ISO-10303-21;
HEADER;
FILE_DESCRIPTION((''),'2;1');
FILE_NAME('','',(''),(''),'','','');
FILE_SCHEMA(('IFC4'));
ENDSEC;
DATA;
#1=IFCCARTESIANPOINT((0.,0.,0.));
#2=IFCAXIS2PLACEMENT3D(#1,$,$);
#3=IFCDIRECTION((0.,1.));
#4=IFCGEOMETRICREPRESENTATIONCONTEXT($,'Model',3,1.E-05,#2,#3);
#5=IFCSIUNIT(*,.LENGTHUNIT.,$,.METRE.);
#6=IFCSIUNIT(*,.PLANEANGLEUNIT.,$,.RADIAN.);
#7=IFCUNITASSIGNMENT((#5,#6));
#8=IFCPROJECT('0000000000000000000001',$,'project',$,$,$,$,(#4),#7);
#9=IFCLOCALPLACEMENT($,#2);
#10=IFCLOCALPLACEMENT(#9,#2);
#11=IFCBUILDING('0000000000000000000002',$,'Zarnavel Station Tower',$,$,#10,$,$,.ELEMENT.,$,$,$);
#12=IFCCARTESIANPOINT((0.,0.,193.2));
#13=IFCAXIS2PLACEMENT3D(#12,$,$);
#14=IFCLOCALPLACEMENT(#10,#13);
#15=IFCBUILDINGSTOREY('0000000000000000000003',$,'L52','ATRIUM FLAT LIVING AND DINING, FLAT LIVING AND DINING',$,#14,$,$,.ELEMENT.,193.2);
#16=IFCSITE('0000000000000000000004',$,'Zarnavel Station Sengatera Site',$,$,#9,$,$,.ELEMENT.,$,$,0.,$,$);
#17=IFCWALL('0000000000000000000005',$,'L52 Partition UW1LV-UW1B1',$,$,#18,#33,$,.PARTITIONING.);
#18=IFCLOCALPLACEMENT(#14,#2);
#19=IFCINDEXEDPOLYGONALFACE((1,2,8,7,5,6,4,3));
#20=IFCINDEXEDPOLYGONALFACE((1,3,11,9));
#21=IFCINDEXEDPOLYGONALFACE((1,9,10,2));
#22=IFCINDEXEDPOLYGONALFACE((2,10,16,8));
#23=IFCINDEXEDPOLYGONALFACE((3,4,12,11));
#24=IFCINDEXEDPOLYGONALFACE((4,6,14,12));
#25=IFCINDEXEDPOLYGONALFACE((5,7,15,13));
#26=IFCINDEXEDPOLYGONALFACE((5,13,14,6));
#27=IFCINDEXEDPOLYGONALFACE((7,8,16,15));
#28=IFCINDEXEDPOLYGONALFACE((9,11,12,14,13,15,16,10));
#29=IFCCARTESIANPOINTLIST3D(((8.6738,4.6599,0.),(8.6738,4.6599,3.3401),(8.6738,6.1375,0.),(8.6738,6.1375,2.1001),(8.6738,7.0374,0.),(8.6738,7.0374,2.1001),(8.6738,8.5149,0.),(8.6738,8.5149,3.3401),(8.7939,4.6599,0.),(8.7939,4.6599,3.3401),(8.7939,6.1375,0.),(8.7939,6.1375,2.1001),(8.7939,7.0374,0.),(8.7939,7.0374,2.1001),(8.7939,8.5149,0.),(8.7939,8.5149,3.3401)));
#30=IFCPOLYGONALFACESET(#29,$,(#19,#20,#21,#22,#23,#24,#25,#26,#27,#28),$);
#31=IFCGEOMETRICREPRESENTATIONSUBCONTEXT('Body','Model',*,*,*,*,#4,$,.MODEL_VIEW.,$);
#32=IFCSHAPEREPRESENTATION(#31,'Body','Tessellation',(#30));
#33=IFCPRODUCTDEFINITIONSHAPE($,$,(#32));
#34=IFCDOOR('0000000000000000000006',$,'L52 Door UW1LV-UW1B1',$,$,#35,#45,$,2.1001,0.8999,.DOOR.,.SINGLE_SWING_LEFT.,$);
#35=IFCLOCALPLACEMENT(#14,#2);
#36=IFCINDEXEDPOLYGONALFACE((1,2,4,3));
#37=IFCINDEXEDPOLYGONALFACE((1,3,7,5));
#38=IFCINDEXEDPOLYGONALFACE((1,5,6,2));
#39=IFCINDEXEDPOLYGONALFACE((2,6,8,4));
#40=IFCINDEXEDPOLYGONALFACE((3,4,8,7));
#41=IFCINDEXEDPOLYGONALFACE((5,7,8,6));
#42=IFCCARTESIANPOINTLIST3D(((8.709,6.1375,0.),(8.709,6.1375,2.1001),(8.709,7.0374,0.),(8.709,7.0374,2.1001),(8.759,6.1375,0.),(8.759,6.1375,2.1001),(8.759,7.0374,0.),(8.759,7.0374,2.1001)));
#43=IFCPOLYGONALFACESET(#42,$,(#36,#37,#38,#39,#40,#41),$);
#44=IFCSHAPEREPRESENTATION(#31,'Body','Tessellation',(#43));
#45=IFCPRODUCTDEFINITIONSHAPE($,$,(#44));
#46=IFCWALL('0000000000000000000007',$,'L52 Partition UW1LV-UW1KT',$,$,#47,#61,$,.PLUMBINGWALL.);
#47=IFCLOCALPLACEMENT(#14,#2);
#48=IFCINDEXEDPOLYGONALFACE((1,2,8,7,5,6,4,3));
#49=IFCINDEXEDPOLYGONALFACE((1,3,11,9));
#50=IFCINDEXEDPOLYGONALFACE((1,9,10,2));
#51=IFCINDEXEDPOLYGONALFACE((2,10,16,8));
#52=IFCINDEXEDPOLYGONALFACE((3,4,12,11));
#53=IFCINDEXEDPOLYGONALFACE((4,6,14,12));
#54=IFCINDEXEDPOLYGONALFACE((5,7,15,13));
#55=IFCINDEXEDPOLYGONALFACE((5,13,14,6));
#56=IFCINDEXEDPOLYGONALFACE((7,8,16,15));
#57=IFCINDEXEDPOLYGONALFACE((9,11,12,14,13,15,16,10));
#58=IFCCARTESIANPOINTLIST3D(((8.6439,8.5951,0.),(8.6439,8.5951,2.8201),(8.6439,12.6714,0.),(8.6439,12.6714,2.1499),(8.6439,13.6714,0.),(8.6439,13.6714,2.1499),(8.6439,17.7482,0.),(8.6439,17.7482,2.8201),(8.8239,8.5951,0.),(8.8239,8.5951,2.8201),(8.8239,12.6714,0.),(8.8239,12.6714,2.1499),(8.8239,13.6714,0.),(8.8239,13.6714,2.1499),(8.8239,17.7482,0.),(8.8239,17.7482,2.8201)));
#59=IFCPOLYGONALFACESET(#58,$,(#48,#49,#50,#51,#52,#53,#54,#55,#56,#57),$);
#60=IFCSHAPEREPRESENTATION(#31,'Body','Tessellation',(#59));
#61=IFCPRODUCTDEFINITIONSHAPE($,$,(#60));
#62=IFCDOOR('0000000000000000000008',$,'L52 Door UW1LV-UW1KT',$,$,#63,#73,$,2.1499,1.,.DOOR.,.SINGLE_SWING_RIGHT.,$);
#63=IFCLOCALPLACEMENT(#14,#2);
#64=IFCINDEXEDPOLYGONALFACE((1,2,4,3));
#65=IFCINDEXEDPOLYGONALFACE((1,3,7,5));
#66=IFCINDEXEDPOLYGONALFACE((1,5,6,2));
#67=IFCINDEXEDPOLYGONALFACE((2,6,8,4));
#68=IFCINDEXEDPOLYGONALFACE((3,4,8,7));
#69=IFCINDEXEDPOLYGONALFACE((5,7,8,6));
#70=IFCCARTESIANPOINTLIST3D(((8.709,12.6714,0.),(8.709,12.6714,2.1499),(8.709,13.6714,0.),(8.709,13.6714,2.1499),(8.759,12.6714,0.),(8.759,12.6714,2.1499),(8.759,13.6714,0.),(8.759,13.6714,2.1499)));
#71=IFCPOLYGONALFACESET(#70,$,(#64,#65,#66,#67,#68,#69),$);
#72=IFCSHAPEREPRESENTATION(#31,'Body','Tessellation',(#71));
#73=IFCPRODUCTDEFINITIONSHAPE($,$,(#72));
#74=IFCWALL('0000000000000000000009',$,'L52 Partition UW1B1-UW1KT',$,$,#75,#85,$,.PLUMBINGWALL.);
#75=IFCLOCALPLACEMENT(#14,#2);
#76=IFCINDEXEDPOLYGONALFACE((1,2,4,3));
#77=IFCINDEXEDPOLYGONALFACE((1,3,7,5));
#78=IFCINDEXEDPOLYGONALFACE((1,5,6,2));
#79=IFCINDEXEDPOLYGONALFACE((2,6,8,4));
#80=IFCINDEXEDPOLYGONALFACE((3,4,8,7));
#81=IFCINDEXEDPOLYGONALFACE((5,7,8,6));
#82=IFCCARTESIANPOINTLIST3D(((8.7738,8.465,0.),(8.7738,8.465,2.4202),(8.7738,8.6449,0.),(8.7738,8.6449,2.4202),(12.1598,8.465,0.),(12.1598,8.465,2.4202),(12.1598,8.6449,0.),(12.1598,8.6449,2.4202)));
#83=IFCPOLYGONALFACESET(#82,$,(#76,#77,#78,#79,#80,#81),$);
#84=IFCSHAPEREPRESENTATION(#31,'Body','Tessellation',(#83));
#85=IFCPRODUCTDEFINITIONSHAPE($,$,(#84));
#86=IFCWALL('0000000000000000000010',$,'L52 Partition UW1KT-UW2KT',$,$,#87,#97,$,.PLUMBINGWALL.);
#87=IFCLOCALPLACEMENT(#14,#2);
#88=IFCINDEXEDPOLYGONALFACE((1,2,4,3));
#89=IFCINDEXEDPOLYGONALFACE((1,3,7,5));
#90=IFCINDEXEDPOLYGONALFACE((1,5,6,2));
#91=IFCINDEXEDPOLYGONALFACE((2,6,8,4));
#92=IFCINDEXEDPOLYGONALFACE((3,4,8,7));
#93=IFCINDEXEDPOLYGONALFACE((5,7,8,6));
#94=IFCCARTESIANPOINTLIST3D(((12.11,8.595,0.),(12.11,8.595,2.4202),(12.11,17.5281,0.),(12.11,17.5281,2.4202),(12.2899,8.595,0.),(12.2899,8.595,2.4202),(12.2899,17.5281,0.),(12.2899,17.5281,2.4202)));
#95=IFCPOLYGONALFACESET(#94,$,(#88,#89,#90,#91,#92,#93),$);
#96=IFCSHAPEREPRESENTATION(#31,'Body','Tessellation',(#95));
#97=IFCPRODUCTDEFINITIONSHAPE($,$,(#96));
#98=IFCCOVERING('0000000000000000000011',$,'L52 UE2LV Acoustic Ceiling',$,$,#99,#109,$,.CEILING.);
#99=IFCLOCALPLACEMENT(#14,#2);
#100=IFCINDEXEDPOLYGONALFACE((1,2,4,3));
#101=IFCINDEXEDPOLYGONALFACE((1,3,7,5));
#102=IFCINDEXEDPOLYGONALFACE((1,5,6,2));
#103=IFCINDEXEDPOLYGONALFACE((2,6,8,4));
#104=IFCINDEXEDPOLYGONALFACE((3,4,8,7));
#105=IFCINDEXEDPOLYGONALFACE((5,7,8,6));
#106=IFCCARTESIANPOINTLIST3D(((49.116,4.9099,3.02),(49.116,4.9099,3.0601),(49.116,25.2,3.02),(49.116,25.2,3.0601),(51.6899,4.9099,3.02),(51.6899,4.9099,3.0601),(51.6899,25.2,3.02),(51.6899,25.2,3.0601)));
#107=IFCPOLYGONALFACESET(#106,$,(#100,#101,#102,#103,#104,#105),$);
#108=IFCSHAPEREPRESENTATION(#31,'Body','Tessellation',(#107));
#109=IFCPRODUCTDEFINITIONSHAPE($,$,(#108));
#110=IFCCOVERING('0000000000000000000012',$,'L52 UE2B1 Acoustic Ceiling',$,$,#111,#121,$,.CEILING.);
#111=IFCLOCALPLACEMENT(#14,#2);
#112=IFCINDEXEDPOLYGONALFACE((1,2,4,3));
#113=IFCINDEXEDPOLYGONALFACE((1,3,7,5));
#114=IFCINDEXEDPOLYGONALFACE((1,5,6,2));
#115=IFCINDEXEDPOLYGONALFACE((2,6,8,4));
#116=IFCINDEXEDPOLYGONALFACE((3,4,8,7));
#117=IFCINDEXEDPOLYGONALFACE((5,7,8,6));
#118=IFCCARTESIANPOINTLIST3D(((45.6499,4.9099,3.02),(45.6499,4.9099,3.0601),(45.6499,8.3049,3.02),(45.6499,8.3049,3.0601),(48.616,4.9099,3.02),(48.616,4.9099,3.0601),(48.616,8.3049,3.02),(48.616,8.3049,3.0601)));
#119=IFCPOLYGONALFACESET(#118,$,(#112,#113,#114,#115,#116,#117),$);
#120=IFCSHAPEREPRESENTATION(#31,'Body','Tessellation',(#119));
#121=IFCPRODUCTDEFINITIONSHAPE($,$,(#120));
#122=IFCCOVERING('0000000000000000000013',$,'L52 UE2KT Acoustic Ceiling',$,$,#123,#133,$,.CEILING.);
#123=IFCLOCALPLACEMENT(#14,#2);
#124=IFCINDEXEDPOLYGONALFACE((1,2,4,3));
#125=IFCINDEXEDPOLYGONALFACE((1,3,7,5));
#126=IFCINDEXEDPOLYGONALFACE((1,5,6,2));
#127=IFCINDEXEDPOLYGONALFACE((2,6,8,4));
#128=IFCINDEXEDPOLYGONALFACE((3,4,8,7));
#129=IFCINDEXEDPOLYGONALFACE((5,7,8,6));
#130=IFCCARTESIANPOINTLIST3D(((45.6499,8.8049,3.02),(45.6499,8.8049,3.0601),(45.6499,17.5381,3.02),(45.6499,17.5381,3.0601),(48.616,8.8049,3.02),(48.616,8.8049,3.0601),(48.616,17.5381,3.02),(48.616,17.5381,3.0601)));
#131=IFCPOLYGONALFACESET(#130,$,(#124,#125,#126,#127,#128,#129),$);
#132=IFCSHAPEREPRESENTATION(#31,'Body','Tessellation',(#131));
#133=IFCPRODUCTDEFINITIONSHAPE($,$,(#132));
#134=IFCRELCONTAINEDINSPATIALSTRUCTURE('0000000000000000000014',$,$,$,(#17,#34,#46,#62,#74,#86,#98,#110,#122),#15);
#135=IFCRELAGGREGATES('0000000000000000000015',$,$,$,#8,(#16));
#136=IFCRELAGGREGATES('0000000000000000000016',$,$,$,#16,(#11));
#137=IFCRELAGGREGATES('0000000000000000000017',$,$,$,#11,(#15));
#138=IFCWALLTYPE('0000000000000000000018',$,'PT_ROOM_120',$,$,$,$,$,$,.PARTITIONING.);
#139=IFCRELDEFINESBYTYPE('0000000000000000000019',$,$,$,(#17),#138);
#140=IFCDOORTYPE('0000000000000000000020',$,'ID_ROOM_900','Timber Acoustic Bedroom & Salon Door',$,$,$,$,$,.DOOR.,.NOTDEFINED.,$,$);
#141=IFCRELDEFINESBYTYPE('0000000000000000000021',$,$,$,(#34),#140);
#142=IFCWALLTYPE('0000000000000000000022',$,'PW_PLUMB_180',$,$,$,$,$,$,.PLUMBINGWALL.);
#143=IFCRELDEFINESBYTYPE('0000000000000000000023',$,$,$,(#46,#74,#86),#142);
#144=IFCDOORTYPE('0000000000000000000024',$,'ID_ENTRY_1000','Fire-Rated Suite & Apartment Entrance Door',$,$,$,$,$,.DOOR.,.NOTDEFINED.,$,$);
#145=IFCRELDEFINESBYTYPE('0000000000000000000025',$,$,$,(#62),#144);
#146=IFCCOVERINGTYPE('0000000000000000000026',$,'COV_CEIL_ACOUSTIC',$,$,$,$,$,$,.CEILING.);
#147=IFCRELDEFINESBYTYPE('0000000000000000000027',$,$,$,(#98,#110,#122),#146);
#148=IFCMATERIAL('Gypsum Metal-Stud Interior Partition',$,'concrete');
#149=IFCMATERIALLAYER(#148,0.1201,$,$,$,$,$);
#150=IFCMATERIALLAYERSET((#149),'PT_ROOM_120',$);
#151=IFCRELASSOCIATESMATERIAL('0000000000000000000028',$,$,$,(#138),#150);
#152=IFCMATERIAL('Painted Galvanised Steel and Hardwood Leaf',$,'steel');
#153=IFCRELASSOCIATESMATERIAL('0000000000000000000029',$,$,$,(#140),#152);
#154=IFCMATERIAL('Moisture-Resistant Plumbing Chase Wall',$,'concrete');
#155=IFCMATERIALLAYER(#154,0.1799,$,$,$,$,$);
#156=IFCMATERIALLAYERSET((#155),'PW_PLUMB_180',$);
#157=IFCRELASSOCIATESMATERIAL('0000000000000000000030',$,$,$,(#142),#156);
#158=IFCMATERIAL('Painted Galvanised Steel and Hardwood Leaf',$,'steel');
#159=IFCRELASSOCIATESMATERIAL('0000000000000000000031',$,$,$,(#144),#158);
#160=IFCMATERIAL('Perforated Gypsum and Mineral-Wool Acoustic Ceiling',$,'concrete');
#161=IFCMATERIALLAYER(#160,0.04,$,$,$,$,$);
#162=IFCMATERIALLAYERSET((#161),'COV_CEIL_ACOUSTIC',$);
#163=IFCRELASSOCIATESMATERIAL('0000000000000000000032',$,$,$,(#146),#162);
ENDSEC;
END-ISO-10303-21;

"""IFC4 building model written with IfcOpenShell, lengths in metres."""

from ifc_helpers import new_model, si_unit, direction, frame, frame_2d, origin, place, context, subcontext, project, spatial, polyline, rectangle, outline, extrude, material, layer, layer_set, type_object, element, fill, save


model = new_model("IFC4")

# Units and contexts
model_context = context("Model", 3, precision=1e-05, world=origin(), true_north=direction((0.0, 1.0)))
body_context = subcontext(model_context, "Body", "Model", "MODEL_VIEW")
ifc_project = project(units=[si_unit("LENGTHUNIT", "METRE"), si_unit("PLANEANGLEUNIT", "RADIAN")], contexts=[model_context])

# Site, building, storey
site_placement = place(None, origin())
site = spatial("IfcSite", under=ifc_project, at=site_placement, Name="Zarnavel Station Sengatera Site", CompositionType="ELEMENT", RefElevation=0.0)
building_placement = place(site_placement, origin())
building = spatial("IfcBuilding", under=site, at=building_placement, Name="Zarnavel Station Tower", CompositionType="ELEMENT")
storey_placement = place(building_placement, frame((0.0, 0.0, 193.2)))
storey = spatial("IfcBuildingStorey", under=building, at=storey_placement, Name="L52", Description="ATRIUM FLAT LIVING AND DINING, FLAT LIVING AND DINING", CompositionType="ELEMENT", Elevation=193.2)

# Walls, openings, doors
ifc_material_1 = material(Name="Gypsum Metal-Stud Interior Partition", Category="concrete")
ifc_layer_1 = layer(ifc_material_1, 0.1201)
ifc_layer_set_1 = layer_set([ifc_layer_1], Name="PT_ROOM_120")
wall_type_1 = type_object("IfcWallType", Name="PT_ROOM_120", PredefinedType="PARTITIONING", material=ifc_layer_set_1)
wall_1_placement = place(storey_placement, frame((8.7339, 4.6599, 0.0), z_axis=(0.0, 0.0, 1.0), x_axis=(0.0, 1.0, 0.0)))
wall_1 = element("IfcWall", 1, at=wall_1_placement, inside=storey, type_object=wall_type_1, Name="L52 Partition UW1LV-UW1B1", PredefinedType="PARTITIONING", context=body_context, shape_type="SweptSolid", body=[
    extrude(rectangle(XDim=3.855, YDim=0.1201, at=frame_2d((1.9275, 0.0))), origin(), (0.0, 0.0, 1.0), 3.3401),
])
opening_1_placement = place(wall_1_placement, frame((1.4775, 0.0, 0.0)))
opening_1 = element("IfcOpeningElement", 2, at=opening_1_placement, cuts=wall_1, PredefinedType="OPENING", context=body_context, shape_type="SweptSolid", body=[
    extrude(rectangle(XDim=0.8999, YDim=2.1001, at=frame_2d((0.45, 1.05))), frame((0.0, 0.0701, 0.0), z_axis=(0.0, -1.0, 0.0), x_axis=(1.0, 0.0, 0.0)), (0.0, 0.0, 1.0), 0.1401),
])
ifc_material_2 = material(Name="Painted Galvanised Steel and Hardwood Leaf", Category="steel")
door_type_1 = type_object("IfcDoorType", Name="ID_ROOM_900", Description="Timber Acoustic Bedroom & Salon Door", OperationType="NOTDEFINED", PredefinedType="DOOR", material=ifc_material_2)
door_1_placement = place(opening_1_placement, origin())
door_1 = element("IfcDoor", 3, at=door_1_placement, inside=storey, type_object=door_type_1, Name="L52 Door UW1LV-UW1B1", OperationType="SINGLE_SWING_LEFT", OverallHeight=2.1001, OverallWidth=0.8999, PredefinedType="DOOR", context=body_context, shape_type="SweptSolid", body=[
    extrude(rectangle(XDim=0.8999, YDim=2.1001, at=frame_2d((0.45, 1.05))), frame((0.0, 0.0249, 0.0), z_axis=(0.0, -1.0, 0.0), x_axis=(1.0, 0.0, 0.0)), (0.0, 0.0, 1.0), 0.05),
])
fill(opening_1, door_1)
ifc_material_3 = material(Name="Moisture-Resistant Plumbing Chase Wall", Category="concrete")
ifc_layer_2 = layer(ifc_material_3, 0.1799)
ifc_layer_set_2 = layer_set([ifc_layer_2], Name="PW_PLUMB_180")
wall_type_2 = type_object("IfcWallType", Name="PW_PLUMB_180", PredefinedType="PLUMBINGWALL", material=ifc_layer_set_2)
wall_2_placement = place(storey_placement, frame((8.7339, 8.595, 0.0), z_axis=(0.0, 0.0, 1.0), x_axis=(0.0, 1.0, 0.0)))
wall_2 = element("IfcWall", 4, at=wall_2_placement, inside=storey, type_object=wall_type_2, Name="L52 Partition UW1LV-UW1KT", PredefinedType="PLUMBINGWALL", context=body_context, shape_type="SweptSolid", body=[
    extrude(rectangle(XDim=9.1531, YDim=0.1799, at=frame_2d((4.5767, 0.0))), origin(), (0.0, 0.0, 1.0), 2.8201),
])
opening_2_placement = place(wall_2_placement, frame((4.0764, 0.0, 0.0)))
opening_2 = element("IfcOpeningElement", 5, at=opening_2_placement, cuts=wall_2, PredefinedType="OPENING", context=body_context, shape_type="SweptSolid", body=[
    extrude(rectangle(XDim=1.0, YDim=2.1499, at=frame_2d((0.5, 1.075))), frame((0.0, 0.0999, 0.0), z_axis=(0.0, -1.0, 0.0), x_axis=(1.0, 0.0, 0.0)), (0.0, 0.0, 1.0), 0.2),
])
ifc_material_4 = material(Name="Painted Galvanised Steel and Hardwood Leaf", Category="steel")
door_type_2 = type_object("IfcDoorType", Name="ID_ENTRY_1000", Description="Fire-Rated Suite & Apartment Entrance Door", OperationType="NOTDEFINED", PredefinedType="DOOR", material=ifc_material_4)
door_2_placement = place(opening_2_placement, origin())
door_2 = element("IfcDoor", 6, at=door_2_placement, inside=storey, type_object=door_type_2, Name="L52 Door UW1LV-UW1KT", OperationType="SINGLE_SWING_RIGHT", OverallHeight=2.1499, OverallWidth=1.0, PredefinedType="DOOR", context=body_context, shape_type="SweptSolid", body=[
    extrude(rectangle(XDim=1.0, YDim=2.1499, at=frame_2d((0.5, 1.075))), frame((0.0, 0.0249, 0.0), z_axis=(0.0, -1.0, 0.0), x_axis=(1.0, 0.0, 0.0)), (0.0, 0.0, 1.0), 0.05),
])
fill(opening_2, door_2)

# Walls
wall_3_placement = place(storey_placement, frame((8.7739, 8.5549, 0.0), z_axis=(0.0, 0.0, 1.0), x_axis=(1.0, 0.0, 0.0)))
element("IfcWall", 7, at=wall_3_placement, inside=storey, type_object=wall_type_2, Name="L52 Partition UW1B1-UW1KT", PredefinedType="PLUMBINGWALL", context=body_context, shape_type="SweptSolid", body=[
    extrude(rectangle(XDim=3.386, YDim=0.1799, at=frame_2d((1.6929, 0.0))), origin(), (0.0, 0.0, 1.0), 2.4202),
])
wall_4_placement = place(storey_placement, frame((12.2, 8.595, 0.0), z_axis=(0.0, 0.0, 1.0), x_axis=(0.0, 1.0, 0.0)))
element("IfcWall", 8, at=wall_4_placement, inside=storey, type_object=wall_type_2, Name="L52 Partition UW1KT-UW2KT", PredefinedType="PLUMBINGWALL", context=body_context, shape_type="SweptSolid", body=[
    extrude(rectangle(XDim=8.9331, YDim=0.1799, at=frame_2d((4.4666, 0.0))), origin(), (0.0, 0.0, 1.0), 2.4202),
])

# Coverings
ifc_material_5 = material(Name="Perforated Gypsum and Mineral-Wool Acoustic Ceiling", Category="concrete")
ifc_layer_3 = layer(ifc_material_5, 0.04)
ifc_layer_set_3 = layer_set([ifc_layer_3], Name="COV_CEIL_ACOUSTIC")
covering_type = type_object("IfcCoveringType", Name="COV_CEIL_ACOUSTIC", PredefinedType="CEILING", material=ifc_layer_set_3)
covering_1_placement = place(storey_placement, frame((0.0, 0.0, 3.02)))
element("IfcCovering", 9, at=covering_1_placement, inside=storey, type_object=covering_type, Name="L52 UE2LV Acoustic Ceiling", PredefinedType="CEILING", context=body_context, shape_type="SweptSolid", body=[
    extrude(outline(polyline([(49.116, 4.9099), (51.6899, 4.9099), (51.6899, 25.2), (49.116, 25.2), (49.116, 4.9099)])), origin(), (0.0, 0.0, 1.0), 0.04),
])
covering_2_placement = place(storey_placement, frame((0.0, 0.0, 3.02)))
element("IfcCovering", 10, at=covering_2_placement, inside=storey, type_object=covering_type, Name="L52 UE2B1 Acoustic Ceiling", PredefinedType="CEILING", context=body_context, shape_type="SweptSolid", body=[
    extrude(outline(polyline([(45.6499, 4.9099), (48.616, 4.9099), (48.616, 8.3049), (45.6499, 8.3049), (45.6499, 4.9099)])), origin(), (0.0, 0.0, 1.0), 0.04),
])
covering_3_placement = place(storey_placement, frame((0.0, 0.0, 3.02)))
element("IfcCovering", 11, at=covering_3_placement, inside=storey, type_object=covering_type, Name="L52 UE2KT Acoustic Ceiling", PredefinedType="CEILING", context=body_context, shape_type="SweptSolid", body=[
    extrude(outline(polyline([(45.6499, 8.8049), (48.616, 8.8049), (48.616, 17.5381), (45.6499, 17.5381), (45.6499, 8.8049)])), origin(), (0.0, 0.0, 1.0), 0.04),
])

save(model, "model.ifc")
